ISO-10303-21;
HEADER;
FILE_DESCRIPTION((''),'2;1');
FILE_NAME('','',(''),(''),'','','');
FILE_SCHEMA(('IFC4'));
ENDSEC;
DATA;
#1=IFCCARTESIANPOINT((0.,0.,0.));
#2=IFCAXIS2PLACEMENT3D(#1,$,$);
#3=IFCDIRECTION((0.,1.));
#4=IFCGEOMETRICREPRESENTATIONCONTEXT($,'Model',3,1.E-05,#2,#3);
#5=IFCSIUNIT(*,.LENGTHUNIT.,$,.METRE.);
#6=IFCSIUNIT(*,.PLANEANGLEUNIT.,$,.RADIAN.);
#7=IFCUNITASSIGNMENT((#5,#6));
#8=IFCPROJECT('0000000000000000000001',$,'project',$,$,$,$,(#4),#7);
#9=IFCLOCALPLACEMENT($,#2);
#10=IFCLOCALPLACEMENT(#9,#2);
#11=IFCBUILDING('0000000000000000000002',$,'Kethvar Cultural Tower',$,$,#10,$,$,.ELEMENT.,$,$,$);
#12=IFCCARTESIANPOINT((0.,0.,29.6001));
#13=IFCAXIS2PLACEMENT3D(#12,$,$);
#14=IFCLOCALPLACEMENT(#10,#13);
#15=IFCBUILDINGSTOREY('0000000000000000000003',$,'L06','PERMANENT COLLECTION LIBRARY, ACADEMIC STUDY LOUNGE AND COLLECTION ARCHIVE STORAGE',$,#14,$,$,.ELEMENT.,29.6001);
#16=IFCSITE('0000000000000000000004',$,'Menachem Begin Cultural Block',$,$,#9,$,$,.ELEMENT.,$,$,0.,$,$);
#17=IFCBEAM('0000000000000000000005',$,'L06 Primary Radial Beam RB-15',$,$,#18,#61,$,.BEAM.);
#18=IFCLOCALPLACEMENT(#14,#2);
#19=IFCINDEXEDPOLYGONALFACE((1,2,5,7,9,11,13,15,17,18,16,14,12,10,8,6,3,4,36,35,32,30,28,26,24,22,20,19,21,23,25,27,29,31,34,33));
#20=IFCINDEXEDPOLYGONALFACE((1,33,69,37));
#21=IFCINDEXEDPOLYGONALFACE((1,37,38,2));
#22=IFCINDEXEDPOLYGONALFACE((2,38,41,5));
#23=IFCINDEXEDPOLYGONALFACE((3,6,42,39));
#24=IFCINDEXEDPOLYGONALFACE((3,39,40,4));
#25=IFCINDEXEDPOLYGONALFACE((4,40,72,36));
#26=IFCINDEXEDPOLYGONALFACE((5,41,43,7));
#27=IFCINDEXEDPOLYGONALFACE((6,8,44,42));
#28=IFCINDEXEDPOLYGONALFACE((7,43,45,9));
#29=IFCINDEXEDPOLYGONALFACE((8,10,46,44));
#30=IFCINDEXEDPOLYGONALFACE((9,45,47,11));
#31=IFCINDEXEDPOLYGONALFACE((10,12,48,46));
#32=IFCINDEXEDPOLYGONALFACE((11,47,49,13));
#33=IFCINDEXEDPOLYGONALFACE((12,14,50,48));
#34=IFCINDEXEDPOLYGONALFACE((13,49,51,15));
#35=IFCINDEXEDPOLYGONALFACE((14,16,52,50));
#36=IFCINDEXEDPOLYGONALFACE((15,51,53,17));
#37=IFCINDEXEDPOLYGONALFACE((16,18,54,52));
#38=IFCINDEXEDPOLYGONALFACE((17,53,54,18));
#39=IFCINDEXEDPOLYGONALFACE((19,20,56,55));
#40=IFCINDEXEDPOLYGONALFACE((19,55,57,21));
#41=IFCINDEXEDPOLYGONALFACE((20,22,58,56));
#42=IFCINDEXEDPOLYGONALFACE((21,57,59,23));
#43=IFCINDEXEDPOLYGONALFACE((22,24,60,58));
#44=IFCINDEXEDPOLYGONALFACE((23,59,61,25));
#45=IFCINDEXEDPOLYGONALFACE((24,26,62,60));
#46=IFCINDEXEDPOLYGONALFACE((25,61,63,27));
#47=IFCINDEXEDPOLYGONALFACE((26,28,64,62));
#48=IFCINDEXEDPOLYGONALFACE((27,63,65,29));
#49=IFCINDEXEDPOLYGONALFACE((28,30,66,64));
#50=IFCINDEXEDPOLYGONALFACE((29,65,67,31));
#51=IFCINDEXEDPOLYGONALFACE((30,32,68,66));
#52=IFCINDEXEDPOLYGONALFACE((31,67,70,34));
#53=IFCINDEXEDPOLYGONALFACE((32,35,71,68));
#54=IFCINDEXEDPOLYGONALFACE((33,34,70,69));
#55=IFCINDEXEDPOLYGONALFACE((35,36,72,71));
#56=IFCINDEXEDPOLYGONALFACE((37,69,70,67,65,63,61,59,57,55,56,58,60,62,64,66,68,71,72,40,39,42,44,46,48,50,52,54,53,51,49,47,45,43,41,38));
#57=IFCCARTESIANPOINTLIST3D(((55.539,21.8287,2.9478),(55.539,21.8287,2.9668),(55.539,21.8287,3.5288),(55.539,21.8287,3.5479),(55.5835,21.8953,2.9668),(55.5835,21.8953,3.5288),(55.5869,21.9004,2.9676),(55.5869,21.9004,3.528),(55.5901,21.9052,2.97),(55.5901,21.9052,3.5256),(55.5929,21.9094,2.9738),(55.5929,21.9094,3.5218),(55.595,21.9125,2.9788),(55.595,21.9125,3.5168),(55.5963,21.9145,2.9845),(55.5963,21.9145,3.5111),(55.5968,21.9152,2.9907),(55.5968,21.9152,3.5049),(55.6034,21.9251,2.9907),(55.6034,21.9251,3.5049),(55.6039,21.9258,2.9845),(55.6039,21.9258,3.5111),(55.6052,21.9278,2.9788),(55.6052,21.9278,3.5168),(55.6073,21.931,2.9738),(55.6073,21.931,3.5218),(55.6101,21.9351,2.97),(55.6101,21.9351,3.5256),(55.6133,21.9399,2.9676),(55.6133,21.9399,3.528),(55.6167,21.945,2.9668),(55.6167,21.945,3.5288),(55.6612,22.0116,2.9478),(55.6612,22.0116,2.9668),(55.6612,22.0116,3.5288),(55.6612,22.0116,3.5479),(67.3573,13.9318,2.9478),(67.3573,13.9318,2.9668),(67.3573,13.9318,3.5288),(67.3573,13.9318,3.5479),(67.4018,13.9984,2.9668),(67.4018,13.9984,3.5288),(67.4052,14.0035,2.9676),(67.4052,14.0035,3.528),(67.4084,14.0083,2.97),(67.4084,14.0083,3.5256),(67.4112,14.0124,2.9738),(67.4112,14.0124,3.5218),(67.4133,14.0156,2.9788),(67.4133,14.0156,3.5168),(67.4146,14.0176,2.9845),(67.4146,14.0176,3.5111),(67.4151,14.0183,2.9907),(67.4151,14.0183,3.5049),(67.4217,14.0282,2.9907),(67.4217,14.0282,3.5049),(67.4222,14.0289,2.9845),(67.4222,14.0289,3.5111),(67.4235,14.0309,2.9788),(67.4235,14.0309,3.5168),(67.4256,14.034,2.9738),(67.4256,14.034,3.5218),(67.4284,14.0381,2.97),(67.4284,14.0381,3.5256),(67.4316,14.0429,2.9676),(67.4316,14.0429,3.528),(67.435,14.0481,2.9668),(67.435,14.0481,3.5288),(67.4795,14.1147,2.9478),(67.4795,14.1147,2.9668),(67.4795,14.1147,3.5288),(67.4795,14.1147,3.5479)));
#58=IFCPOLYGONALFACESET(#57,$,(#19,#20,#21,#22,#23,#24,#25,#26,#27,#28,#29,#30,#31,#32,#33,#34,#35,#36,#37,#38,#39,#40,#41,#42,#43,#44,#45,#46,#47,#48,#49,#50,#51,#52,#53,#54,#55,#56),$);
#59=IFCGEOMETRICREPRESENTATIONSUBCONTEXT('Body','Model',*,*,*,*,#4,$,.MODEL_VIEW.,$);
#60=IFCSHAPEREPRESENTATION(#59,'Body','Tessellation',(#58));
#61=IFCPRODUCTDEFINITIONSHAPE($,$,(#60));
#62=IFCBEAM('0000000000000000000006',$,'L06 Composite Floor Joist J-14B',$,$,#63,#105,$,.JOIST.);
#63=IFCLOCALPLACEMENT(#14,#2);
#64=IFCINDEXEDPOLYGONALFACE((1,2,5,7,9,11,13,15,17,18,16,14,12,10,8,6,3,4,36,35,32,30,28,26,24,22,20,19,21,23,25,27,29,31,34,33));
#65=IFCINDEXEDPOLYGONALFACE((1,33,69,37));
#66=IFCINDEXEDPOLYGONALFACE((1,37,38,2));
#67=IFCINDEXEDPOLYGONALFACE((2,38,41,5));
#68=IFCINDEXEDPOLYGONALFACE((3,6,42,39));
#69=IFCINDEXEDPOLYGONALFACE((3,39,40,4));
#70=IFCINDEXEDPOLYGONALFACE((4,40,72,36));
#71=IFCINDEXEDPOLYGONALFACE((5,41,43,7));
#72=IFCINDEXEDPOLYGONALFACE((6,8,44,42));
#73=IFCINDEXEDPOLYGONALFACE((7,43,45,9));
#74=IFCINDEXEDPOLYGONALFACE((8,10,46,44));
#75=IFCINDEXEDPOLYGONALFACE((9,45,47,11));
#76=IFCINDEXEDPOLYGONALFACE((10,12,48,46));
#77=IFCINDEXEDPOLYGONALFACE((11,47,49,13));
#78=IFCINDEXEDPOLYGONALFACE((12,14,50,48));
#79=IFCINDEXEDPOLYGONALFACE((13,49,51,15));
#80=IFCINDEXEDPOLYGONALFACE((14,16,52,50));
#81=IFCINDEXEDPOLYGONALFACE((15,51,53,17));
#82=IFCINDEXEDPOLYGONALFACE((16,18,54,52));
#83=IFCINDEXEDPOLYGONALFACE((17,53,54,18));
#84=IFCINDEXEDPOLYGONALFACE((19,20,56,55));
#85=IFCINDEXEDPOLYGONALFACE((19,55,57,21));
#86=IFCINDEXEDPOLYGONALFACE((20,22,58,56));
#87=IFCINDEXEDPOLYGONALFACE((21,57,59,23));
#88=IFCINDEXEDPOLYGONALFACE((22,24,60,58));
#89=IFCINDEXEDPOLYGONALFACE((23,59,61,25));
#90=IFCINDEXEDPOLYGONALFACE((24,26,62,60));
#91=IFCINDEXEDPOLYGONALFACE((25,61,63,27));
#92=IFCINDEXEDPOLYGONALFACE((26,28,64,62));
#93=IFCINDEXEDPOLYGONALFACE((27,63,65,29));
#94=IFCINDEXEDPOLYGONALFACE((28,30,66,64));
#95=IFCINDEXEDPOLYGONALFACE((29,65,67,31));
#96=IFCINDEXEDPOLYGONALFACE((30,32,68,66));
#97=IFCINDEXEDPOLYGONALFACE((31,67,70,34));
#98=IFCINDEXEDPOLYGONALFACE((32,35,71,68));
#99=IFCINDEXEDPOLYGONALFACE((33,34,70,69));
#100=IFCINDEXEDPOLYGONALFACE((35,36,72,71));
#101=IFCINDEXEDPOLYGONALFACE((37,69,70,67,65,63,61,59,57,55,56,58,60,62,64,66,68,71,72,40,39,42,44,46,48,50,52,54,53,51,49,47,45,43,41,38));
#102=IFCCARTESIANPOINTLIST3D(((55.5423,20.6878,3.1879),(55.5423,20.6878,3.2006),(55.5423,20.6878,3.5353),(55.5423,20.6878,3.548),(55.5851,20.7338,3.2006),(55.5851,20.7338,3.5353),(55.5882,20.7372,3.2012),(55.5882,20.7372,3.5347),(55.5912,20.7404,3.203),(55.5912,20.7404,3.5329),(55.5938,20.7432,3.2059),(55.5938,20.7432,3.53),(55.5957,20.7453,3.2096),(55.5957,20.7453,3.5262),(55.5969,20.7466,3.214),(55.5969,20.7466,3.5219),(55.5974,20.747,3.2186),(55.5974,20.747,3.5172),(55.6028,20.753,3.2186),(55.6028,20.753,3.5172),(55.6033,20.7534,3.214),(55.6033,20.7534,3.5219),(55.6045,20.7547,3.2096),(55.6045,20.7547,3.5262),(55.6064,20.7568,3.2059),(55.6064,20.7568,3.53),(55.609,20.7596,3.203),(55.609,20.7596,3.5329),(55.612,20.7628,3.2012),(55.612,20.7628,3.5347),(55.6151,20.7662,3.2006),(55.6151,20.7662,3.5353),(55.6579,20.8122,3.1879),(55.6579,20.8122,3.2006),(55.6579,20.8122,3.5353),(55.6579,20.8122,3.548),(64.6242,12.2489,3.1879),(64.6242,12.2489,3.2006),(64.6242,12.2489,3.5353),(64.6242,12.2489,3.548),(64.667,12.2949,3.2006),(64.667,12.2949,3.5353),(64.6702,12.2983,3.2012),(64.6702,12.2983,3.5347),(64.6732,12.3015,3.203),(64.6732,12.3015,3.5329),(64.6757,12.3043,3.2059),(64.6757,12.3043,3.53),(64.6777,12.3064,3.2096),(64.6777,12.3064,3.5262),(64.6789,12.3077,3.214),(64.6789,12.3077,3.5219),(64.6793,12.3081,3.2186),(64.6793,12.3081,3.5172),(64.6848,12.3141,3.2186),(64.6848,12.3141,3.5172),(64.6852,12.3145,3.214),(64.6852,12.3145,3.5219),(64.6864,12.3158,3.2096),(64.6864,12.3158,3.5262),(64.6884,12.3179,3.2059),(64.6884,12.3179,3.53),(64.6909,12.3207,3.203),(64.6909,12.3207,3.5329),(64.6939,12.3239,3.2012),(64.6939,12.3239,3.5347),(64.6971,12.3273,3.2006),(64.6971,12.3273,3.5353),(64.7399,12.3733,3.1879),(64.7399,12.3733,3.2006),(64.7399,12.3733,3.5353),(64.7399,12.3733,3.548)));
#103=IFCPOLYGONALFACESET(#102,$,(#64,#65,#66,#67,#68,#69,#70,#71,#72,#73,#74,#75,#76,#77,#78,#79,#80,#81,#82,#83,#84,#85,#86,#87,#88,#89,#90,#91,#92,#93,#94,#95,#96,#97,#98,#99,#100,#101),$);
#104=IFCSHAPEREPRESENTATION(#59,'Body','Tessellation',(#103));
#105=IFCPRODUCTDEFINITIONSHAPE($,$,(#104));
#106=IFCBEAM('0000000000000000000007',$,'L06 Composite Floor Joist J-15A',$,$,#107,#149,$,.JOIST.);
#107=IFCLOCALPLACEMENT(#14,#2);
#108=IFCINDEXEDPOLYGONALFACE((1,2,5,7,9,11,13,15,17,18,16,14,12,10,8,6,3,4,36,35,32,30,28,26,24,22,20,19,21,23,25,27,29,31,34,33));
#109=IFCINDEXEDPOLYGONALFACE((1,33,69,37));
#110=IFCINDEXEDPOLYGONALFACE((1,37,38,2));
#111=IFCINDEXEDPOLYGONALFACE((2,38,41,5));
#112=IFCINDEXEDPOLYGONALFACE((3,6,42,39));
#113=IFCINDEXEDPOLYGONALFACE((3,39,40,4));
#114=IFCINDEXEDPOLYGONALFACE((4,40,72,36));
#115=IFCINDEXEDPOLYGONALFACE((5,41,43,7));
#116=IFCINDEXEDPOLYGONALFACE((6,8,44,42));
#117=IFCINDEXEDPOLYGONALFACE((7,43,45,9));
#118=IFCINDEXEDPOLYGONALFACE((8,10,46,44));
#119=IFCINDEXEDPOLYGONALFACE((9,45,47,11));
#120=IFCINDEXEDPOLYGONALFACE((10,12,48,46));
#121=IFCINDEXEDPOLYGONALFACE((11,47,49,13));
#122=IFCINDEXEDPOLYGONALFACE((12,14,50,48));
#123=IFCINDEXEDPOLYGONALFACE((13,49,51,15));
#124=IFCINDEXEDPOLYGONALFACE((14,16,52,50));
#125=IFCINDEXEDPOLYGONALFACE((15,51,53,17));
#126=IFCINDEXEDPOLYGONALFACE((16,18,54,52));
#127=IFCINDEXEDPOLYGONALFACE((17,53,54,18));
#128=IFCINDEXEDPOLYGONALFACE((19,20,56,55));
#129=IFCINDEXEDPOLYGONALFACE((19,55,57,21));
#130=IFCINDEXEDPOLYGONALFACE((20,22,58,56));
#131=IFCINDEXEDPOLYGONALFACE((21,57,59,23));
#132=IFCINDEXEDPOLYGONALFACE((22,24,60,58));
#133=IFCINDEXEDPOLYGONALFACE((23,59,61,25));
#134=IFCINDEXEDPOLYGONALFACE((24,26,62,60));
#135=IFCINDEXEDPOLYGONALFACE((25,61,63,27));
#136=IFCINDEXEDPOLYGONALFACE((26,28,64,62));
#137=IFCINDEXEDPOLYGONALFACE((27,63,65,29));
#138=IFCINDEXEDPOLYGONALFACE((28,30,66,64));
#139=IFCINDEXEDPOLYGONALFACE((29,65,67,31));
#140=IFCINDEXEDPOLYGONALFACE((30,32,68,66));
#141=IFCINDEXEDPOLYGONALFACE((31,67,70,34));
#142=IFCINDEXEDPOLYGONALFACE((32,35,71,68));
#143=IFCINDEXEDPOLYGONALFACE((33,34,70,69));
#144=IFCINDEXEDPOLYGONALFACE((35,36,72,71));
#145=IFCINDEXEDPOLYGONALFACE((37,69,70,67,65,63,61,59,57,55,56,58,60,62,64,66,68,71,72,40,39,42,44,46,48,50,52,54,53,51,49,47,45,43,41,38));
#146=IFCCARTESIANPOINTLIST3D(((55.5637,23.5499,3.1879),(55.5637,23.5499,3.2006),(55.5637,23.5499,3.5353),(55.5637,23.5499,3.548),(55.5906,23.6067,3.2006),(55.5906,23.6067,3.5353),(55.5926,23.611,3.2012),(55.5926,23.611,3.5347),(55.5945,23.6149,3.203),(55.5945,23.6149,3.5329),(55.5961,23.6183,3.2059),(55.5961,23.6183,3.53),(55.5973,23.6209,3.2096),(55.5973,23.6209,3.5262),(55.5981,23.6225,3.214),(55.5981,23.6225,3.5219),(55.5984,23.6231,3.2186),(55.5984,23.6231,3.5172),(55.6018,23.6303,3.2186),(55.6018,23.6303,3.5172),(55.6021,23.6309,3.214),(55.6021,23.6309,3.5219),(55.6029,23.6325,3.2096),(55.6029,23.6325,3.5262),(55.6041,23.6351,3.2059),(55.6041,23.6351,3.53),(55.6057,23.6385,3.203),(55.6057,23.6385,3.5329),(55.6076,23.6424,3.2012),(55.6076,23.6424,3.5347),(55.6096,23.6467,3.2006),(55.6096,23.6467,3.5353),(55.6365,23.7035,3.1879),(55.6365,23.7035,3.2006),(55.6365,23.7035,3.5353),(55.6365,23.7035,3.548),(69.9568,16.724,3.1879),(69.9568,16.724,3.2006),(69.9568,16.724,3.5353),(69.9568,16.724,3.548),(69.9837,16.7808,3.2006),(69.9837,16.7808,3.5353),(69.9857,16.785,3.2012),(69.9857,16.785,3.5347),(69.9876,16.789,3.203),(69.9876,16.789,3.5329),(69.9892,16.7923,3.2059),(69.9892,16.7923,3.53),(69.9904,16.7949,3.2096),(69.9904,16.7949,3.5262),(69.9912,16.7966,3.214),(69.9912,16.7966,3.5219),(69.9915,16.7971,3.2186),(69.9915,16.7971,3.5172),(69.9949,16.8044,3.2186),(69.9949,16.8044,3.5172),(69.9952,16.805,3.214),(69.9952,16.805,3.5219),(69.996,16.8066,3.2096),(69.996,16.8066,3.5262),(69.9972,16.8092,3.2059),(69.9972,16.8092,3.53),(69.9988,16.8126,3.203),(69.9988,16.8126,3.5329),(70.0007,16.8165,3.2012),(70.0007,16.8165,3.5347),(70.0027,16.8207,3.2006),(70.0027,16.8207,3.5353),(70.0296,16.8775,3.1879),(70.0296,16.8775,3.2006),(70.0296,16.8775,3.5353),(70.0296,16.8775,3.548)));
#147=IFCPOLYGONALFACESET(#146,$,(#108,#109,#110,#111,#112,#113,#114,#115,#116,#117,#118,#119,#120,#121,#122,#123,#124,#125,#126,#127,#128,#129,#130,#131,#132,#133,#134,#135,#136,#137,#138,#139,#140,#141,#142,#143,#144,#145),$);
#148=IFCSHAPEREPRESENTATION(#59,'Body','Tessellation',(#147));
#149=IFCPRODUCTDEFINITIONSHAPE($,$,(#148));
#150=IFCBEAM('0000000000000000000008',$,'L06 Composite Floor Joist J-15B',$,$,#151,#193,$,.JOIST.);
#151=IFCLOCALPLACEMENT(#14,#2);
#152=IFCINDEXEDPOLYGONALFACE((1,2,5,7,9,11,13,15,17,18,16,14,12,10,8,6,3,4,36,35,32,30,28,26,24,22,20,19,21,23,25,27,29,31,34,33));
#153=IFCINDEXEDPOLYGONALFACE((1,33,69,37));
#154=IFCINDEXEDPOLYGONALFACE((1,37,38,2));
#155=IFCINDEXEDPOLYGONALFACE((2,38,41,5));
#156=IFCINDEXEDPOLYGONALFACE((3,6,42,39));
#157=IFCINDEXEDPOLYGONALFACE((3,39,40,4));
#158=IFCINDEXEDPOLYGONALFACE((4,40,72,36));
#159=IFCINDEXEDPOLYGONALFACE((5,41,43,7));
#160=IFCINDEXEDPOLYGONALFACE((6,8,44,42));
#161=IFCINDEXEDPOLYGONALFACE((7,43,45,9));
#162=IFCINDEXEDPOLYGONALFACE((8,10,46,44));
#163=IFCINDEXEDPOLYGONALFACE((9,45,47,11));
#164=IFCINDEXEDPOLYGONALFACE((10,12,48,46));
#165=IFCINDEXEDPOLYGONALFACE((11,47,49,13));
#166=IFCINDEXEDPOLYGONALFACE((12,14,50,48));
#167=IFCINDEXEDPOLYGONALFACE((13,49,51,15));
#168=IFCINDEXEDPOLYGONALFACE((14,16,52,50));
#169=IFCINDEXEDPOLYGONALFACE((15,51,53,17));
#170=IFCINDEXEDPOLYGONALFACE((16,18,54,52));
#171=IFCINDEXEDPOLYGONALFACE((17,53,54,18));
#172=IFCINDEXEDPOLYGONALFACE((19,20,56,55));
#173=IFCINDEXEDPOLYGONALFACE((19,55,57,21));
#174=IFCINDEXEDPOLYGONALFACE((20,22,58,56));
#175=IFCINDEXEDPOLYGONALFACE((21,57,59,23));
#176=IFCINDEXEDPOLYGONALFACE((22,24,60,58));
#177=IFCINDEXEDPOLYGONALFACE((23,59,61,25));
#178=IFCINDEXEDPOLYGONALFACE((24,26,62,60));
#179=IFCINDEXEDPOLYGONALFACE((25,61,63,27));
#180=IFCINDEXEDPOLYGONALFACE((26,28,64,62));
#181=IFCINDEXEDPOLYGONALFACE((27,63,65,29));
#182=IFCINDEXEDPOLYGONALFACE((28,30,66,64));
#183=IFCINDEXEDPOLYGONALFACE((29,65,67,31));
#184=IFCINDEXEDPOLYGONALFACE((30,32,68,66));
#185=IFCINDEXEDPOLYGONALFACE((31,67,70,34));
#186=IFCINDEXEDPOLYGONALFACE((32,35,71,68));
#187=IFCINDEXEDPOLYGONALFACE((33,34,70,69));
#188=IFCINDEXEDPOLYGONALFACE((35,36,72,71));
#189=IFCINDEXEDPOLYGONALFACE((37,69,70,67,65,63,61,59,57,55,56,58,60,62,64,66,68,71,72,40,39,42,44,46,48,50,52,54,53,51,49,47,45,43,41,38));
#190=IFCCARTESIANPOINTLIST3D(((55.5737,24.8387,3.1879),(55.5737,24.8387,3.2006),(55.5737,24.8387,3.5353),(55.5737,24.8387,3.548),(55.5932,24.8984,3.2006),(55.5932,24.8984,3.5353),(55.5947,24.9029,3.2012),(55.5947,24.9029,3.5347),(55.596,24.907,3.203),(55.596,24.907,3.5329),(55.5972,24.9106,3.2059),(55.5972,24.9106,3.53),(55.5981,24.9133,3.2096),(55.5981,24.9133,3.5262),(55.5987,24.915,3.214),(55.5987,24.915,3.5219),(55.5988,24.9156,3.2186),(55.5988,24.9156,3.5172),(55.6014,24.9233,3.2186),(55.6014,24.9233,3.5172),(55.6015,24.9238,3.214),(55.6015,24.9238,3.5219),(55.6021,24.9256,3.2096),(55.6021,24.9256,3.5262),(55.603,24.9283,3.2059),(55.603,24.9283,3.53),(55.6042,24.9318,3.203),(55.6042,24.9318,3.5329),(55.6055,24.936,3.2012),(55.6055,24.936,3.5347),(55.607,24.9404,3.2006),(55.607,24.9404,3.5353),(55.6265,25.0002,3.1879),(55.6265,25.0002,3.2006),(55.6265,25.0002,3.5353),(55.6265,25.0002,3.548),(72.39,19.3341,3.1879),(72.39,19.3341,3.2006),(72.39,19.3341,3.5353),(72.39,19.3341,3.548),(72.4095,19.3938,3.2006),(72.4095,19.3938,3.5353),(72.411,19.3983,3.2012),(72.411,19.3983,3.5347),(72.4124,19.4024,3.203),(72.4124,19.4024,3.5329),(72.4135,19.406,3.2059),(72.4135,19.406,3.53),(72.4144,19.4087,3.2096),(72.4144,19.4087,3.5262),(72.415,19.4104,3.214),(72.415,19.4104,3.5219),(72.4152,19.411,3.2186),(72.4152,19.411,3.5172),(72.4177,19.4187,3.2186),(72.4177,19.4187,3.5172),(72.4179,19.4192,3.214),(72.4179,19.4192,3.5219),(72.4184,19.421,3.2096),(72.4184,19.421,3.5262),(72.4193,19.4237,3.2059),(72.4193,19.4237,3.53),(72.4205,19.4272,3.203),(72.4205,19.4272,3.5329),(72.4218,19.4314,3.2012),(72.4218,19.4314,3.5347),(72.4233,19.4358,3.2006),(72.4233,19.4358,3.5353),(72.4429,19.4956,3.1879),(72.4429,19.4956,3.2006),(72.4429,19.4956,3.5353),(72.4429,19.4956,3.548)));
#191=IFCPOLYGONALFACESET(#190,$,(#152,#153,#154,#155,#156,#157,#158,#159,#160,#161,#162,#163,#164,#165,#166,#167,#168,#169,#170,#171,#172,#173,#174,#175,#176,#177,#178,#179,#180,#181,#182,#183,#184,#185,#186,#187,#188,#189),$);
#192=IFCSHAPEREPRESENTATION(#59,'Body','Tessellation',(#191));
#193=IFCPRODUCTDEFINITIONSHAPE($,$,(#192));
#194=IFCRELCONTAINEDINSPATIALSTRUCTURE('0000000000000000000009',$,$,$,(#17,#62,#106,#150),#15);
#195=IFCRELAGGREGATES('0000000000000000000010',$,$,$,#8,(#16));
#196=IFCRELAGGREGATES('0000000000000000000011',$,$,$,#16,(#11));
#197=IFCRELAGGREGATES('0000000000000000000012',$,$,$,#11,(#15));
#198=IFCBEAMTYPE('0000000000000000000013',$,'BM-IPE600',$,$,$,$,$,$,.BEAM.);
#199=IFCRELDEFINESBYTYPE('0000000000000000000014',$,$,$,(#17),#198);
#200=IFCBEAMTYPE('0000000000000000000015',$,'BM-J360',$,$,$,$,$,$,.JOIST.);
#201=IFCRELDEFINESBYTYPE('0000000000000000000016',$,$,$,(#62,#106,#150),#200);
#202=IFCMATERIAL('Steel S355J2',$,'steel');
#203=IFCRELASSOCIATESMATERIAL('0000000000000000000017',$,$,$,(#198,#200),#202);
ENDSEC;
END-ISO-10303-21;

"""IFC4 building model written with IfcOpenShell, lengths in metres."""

from ifc_helpers import new_model, si_unit, direction, frame, origin, origin_2d, place, context, subcontext, project, spatial, i_section, extrude, source, transform, mapped, material, material_profile, profile_set, type_object, element, save


model = new_model("IFC4")

# Units and contexts
model_context = context("Model", 3, precision=1e-05, world=origin(), true_north=direction((0.0, 1.0)))
body_context = subcontext(model_context, "Body", "Model", "MODEL_VIEW")
ifc_project = project(units=[si_unit("LENGTHUNIT", "METRE"), si_unit("PLANEANGLEUNIT", "RADIAN")], contexts=[model_context])

# Site, building, storey
site_placement = place(None, origin())
site = spatial("IfcSite", under=ifc_project, at=site_placement, Name="Menachem Begin Cultural Block", CompositionType="ELEMENT", RefElevation=0.0)
building_placement = place(site_placement, origin())
building = spatial("IfcBuilding", under=site, at=building_placement, Name="Kethvar Cultural Tower", CompositionType="ELEMENT")
storey_placement = place(building_placement, frame((0.0, 0.0, 29.6001)))
storey = spatial("IfcBuildingStorey", under=building, at=storey_placement, Name="L06", Description="PERMANENT COLLECTION LIBRARY, ACADEMIC STUDY LOUNGE AND COLLECTION ARCHIVE STORAGE", CompositionType="ELEMENT", Elevation=29.6001)

# Beams
ifc_material_1 = material(Name="Steel S355J2", Category="steel")
ifc_material_profile_1 = material_profile(ifc_material_1, i_section(OverallWidth=0.22, OverallDepth=0.6001, WebThickness=0.012, FlangeThickness=0.019, FilletRadius=0.0239, at=origin_2d()), Name="Steel S355J2 — IPE600")
ifc_profile_set_1 = profile_set([ifc_material_profile_1], Name="Steel S355J2 — IPE600")
beam_type_1 = type_object("IfcBeamType", Name="BM-IPE600", PredefinedType="BEAM", material=ifc_profile_set_1)
shared_shape_1 = source(origin(), body_context, "Body", "SweptSolid", [
    extrude(i_section(OverallWidth=0.22, OverallDepth=0.6001, WebThickness=0.012, FlangeThickness=0.019, FilletRadius=0.0239, at=origin_2d()), origin(), (0.0, 0.0, 1.0), 14.2139),
])
beam_1_placement = place(storey_placement, frame((55.6001, 21.9202, 3.2478), z_axis=(0.831463, -0.55558, 0.0), x_axis=(0.55558, 0.831463, 0.0)))
element("IfcBeam", 1, at=beam_1_placement, inside=storey, type_object=beam_type_1, Name="L06 Primary Radial Beam RB-15", PredefinedType="BEAM", context=body_context, shape_type="MappedRepresentation", body=[
    mapped(shared_shape_1, transform((0.0, 0.0, 0.0), scale=1.0)),
])
ifc_material_profile_2 = material_profile(ifc_material_1, i_section(OverallWidth=0.1699, OverallDepth=0.3601, WebThickness=0.0081, FlangeThickness=0.0127, FilletRadius=0.0181, at=origin_2d()), Name="Steel S355J2 — IPE360")
ifc_profile_set_2 = profile_set([ifc_material_profile_2], Name="Steel S355J2 — IPE360")
beam_type_2 = type_object("IfcBeamType", Name="BM-J360", PredefinedType="JOIST", material=ifc_profile_set_2)
shared_shape_2 = source(origin(), body_context, "Body", "SweptSolid", [
    extrude(i_section(OverallWidth=0.1699, OverallDepth=0.3601, WebThickness=0.0081, FlangeThickness=0.0127, FilletRadius=0.0181, at=origin_2d()), origin(), (0.0, 0.0, 1.0), 12.3975),
])
beam_2_placement = place(storey_placement, frame((55.6001, 20.75, 3.3679), z_axis=(0.732566, -0.680696, 0.0), x_axis=(0.680696, 0.732566, 0.0)))
element("IfcBeam", 2, at=beam_2_placement, inside=storey, type_object=beam_type_2, Name="L06 Composite Floor Joist J-14B", PredefinedType="JOIST", context=body_context, shape_type="MappedRepresentation", body=[
    mapped(shared_shape_2, transform((0.0, 0.0, 0.0), scale=1.0)),
])
shared_shape_3 = source(origin(), body_context, "Body", "SweptSolid", [
    extrude(i_section(OverallWidth=0.1699, OverallDepth=0.3601, WebThickness=0.0081, FlangeThickness=0.0127, FilletRadius=0.0181, at=origin_2d()), origin(), (0.0, 0.0, 1.0), 15.9297),
])
beam_3_placement = place(storey_placement, frame((55.6001, 23.6267, 3.3679), z_axis=(0.90354, -0.428505, 0.0), x_axis=(0.428505, 0.90354, 0.0)))
element("IfcBeam", 3, at=beam_3_placement, inside=storey, type_object=beam_type_2, Name="L06 Composite Floor Joist J-15A", PredefinedType="JOIST", context=body_context, shape_type="MappedRepresentation", body=[
    mapped(shared_shape_3, transform((0.0, 0.0, 0.0), scale=1.0)),
])
shared_shape_4 = source(origin(), body_context, "Body", "SweptSolid", [
    extrude(i_section(OverallWidth=0.1699, OverallDepth=0.3601, WebThickness=0.0081, FlangeThickness=0.0127, FilletRadius=0.0181, at=origin_2d()), origin(), (0.0, 0.0, 1.0), 17.6943),
])
beam_4_placement = place(storey_placement, frame((55.6001, 24.9194, 3.3679), z_axis=(0.950379, -0.311095, 0.0), x_axis=(0.311095, 0.950379, 0.0)))
element("IfcBeam", 4, at=beam_4_placement, inside=storey, type_object=beam_type_2, Name="L06 Composite Floor Joist J-15B", PredefinedType="JOIST", context=body_context, shape_type="MappedRepresentation", body=[
    mapped(shared_shape_4, transform((0.0, 0.0, 0.0), scale=1.0)),
])

save(model, "model.ifc")
